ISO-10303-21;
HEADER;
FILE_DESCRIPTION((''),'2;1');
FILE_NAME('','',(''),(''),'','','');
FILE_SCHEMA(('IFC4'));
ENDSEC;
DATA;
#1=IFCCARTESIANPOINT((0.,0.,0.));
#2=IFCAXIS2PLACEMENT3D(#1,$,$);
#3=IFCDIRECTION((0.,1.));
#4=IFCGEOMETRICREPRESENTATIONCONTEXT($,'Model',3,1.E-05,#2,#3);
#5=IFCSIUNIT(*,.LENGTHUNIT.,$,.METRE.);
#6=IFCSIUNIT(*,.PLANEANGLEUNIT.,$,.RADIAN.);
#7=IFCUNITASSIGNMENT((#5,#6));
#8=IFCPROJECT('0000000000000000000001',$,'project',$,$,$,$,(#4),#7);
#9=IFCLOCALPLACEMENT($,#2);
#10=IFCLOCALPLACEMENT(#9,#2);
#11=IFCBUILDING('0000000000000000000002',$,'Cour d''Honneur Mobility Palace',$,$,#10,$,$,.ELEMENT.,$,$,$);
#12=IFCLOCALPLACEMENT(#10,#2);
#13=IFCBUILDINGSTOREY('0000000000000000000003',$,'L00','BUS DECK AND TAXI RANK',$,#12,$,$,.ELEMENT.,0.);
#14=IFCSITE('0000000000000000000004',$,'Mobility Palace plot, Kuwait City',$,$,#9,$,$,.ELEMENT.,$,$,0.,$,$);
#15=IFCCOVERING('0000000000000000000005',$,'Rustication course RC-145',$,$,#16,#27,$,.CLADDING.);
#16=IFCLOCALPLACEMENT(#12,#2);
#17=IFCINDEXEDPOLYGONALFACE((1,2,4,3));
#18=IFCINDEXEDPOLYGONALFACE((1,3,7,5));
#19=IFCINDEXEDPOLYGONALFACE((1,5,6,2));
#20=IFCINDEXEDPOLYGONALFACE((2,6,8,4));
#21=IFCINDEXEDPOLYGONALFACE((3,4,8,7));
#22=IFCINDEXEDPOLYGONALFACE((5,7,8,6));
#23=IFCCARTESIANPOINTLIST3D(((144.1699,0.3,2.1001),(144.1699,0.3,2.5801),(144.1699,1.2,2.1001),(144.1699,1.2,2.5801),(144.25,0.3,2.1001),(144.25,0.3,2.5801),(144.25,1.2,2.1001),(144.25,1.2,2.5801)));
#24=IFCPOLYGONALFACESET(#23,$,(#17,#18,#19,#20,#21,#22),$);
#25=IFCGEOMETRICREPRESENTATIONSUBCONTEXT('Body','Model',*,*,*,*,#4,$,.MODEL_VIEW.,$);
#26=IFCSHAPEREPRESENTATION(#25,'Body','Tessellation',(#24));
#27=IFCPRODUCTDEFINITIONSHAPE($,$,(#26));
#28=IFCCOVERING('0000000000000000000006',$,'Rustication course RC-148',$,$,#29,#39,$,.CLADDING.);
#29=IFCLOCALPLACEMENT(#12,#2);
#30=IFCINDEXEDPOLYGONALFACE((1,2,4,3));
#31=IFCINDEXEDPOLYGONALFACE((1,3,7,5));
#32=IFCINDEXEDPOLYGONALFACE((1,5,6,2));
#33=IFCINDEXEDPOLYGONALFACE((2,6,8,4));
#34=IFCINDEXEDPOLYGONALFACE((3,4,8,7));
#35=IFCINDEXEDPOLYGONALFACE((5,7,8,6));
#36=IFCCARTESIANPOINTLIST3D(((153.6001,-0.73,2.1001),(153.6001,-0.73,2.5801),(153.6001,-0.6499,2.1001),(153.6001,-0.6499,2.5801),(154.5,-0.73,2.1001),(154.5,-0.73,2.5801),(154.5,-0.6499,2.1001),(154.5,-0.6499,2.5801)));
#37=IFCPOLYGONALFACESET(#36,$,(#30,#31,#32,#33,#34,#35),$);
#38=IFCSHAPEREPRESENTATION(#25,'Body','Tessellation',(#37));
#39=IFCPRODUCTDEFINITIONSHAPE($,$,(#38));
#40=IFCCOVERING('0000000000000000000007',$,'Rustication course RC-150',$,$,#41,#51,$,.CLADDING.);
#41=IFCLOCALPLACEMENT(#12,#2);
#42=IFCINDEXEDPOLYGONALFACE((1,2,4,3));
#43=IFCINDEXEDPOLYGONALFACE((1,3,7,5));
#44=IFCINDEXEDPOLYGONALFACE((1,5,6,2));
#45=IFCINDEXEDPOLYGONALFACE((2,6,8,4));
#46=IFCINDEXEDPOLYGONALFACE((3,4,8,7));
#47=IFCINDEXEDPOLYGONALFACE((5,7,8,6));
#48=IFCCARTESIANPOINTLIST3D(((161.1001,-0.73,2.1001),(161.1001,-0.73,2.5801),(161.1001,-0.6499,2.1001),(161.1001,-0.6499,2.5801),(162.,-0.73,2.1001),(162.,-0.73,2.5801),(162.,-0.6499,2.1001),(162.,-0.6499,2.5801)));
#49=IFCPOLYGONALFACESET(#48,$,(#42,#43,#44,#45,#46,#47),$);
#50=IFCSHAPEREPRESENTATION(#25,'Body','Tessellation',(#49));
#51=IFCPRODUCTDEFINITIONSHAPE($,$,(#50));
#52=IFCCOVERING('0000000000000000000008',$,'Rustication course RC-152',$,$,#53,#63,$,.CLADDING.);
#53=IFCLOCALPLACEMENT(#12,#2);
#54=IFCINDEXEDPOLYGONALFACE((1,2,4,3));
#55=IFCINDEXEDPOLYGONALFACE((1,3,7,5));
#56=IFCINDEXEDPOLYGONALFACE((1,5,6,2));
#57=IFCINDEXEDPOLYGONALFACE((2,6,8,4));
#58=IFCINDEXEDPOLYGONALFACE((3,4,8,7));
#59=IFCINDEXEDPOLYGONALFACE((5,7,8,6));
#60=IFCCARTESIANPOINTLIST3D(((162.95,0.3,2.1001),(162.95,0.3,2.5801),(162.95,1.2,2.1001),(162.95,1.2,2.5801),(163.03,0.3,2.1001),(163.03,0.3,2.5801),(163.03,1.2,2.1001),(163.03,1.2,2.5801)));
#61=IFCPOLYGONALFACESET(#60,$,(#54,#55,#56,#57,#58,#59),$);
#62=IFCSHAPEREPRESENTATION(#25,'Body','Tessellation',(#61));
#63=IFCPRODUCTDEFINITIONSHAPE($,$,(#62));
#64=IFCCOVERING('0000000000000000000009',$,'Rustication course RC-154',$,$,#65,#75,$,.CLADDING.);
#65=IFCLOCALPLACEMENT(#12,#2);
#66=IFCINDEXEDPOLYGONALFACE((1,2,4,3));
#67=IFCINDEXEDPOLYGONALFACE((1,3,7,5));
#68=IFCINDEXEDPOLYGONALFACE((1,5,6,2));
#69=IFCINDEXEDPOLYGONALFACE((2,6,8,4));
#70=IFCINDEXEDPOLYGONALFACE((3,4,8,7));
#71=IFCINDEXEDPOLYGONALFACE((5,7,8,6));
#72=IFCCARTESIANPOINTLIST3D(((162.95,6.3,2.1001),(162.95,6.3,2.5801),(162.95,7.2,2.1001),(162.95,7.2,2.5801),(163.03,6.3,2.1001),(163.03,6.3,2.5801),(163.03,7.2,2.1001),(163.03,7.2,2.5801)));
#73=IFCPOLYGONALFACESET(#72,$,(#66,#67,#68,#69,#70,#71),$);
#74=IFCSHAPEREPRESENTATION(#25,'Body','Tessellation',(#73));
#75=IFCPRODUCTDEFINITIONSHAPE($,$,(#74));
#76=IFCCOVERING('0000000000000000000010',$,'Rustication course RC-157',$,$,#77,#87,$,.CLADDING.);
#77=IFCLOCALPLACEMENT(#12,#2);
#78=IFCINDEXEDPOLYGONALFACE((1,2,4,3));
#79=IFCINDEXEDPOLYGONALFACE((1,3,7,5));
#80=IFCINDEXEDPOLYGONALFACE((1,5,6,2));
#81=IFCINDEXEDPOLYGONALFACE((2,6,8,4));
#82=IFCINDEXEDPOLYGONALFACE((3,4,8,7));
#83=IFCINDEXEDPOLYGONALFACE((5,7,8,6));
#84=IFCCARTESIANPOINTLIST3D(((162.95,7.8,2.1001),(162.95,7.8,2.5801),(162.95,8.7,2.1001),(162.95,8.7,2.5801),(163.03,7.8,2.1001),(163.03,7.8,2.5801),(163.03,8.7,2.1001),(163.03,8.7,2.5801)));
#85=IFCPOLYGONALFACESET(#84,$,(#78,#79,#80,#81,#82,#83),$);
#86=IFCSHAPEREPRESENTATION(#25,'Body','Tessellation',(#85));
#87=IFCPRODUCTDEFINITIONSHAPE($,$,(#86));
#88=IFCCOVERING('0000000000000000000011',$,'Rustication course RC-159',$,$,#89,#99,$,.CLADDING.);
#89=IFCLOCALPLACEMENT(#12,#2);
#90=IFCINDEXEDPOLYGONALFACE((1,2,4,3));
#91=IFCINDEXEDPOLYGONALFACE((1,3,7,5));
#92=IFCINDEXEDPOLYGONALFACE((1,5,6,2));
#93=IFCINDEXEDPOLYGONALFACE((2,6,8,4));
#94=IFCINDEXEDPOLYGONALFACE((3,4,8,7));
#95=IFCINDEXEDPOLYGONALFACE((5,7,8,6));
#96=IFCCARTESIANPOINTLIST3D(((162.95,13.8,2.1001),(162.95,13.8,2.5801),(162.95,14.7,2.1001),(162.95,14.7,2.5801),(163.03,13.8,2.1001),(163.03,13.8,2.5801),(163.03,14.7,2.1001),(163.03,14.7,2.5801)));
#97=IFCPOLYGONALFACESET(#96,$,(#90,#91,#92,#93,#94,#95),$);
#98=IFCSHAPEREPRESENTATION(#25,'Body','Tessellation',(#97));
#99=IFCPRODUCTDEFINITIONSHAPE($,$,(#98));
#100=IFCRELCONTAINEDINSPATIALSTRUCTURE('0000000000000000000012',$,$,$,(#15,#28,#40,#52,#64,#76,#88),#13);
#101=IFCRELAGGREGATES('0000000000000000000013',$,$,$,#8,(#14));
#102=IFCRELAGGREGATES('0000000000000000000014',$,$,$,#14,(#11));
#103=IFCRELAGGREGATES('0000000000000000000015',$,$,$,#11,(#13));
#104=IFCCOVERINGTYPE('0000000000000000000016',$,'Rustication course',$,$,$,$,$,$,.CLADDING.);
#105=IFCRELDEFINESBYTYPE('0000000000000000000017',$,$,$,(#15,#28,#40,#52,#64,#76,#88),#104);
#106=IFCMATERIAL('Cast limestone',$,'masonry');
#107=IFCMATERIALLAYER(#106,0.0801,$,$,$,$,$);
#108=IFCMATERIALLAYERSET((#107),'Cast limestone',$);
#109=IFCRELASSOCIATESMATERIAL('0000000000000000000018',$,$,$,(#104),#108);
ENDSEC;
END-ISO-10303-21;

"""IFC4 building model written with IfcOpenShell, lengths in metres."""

from ifc_helpers import new_model, si_unit, direction, frame, origin, place, context, subcontext, project, spatial, polyline, outline, extrude, material, layer, layer_set, type_object, element, save


model = new_model("IFC4")

# Units and contexts
model_context = context("Model", 3, precision=1e-05, world=origin(), true_north=direction((0.0, 1.0)))
body_context = subcontext(model_context, "Body", "Model", "MODEL_VIEW")
ifc_project = project(units=[si_unit("LENGTHUNIT", "METRE"), si_unit("PLANEANGLEUNIT", "RADIAN")], contexts=[model_context])

# Site, building, storey
site_placement = place(None, origin())
site = spatial("IfcSite", under=ifc_project, at=site_placement, Name="Mobility Palace plot, Kuwait City", CompositionType="ELEMENT", RefElevation=0.0)
building_placement = place(site_placement, origin())
building = spatial("IfcBuilding", under=site, at=building_placement, Name="Cour d'Honneur Mobility Palace", CompositionType="ELEMENT")
storey_placement = place(building_placement, origin())
storey = spatial("IfcBuildingStorey", under=building, at=storey_placement, Name="L00", Description="BUS DECK AND TAXI RANK", CompositionType="ELEMENT", Elevation=0.0)

# Coverings
ifc_material = material(Name="Cast limestone", Category="masonry")
ifc_layer = layer(ifc_material, 0.0801)
ifc_layer_set = layer_set([ifc_layer], Name="Cast limestone")
covering_type = type_object("IfcCoveringType", Name="Rustication course", PredefinedType="CLADDING", material=ifc_layer_set)
covering_1_placement = place(storey_placement, frame((0.0, 0.0, 2.1001)))
element("IfcCovering", 1, at=covering_1_placement, inside=storey, type_object=covering_type, Name="Rustication course RC-145", PredefinedType="CLADDING", context=body_context, shape_type="SweptSolid", body=[
    extrude(outline(polyline([(144.25, 1.2), (144.25, 0.3), (144.1699, 0.3), (144.1699, 1.2), (144.25, 1.2)])), origin(), (0.0, 0.0, 1.0), 0.48),
])
covering_2_placement = place(storey_placement, frame((0.0, 0.0, 2.1001)))
element("IfcCovering", 2, at=covering_2_placement, inside=storey, type_object=covering_type, Name="Rustication course RC-148", PredefinedType="CLADDING", context=body_context, shape_type="SweptSolid", body=[
    extrude(outline(polyline([(153.6001, -0.6499), (154.5, -0.6499), (154.5, -0.73), (153.6001, -0.73), (153.6001, -0.6499)])), origin(), (0.0, 0.0, 1.0), 0.48),
])
covering_3_placement = place(storey_placement, frame((0.0, 0.0, 2.1001)))
element("IfcCovering", 3, at=covering_3_placement, inside=storey, type_object=covering_type, Name="Rustication course RC-150", PredefinedType="CLADDING", context=body_context, shape_type="SweptSolid", body=[
    extrude(outline(polyline([(161.1001, -0.6499), (162.0, -0.6499), (162.0, -0.73), (161.1001, -0.73), (161.1001, -0.6499)])), origin(), (0.0, 0.0, 1.0), 0.48),
])
covering_4_placement = place(storey_placement, frame((0.0, 0.0, 2.1001)))
element("IfcCovering", 4, at=covering_4_placement, inside=storey, type_object=covering_type, Name="Rustication course RC-152", PredefinedType="CLADDING", context=body_context, shape_type="SweptSolid", body=[
    extrude(outline(polyline([(162.95, 0.3), (162.95, 1.2), (163.03, 1.2), (163.03, 0.3), (162.95, 0.3)])), origin(), (0.0, 0.0, 1.0), 0.48),
])
covering_5_placement = place(storey_placement, frame((0.0, 0.0, 2.1001)))
element("IfcCovering", 5, at=covering_5_placement, inside=storey, type_object=covering_type, Name="Rustication course RC-154", PredefinedType="CLADDING", context=body_context, shape_type="SweptSolid", body=[
    extrude(outline(polyline([(162.95, 6.3), (162.95, 7.2), (163.03, 7.2), (163.03, 6.3), (162.95, 6.3)])), origin(), (0.0, 0.0, 1.0), 0.48),
])
covering_6_placement = place(storey_placement, frame((0.0, 0.0, 2.1001)))
element("IfcCovering", 6, at=covering_6_placement, inside=storey, type_object=covering_type, Name="Rustication course RC-157", PredefinedType="CLADDING", context=body_context, shape_type="SweptSolid", body=[
    extrude(outline(polyline([(162.95, 7.8), (162.95, 8.7), (163.03, 8.7), (163.03, 7.8), (162.95, 7.8)])), origin(), (0.0, 0.0, 1.0), 0.48),
])
covering_7_placement = place(storey_placement, frame((0.0, 0.0, 2.1001)))
element("IfcCovering", 7, at=covering_7_placement, inside=storey, type_object=covering_type, Name="Rustication course RC-159", PredefinedType="CLADDING", context=body_context, shape_type="SweptSolid", body=[
    extrude(outline(polyline([(162.95, 13.8), (162.95, 14.7), (163.03, 14.7), (163.03, 13.8), (162.95, 13.8)])), origin(), (0.0, 0.0, 1.0), 0.48),
])

save(model, "model.ifc")
